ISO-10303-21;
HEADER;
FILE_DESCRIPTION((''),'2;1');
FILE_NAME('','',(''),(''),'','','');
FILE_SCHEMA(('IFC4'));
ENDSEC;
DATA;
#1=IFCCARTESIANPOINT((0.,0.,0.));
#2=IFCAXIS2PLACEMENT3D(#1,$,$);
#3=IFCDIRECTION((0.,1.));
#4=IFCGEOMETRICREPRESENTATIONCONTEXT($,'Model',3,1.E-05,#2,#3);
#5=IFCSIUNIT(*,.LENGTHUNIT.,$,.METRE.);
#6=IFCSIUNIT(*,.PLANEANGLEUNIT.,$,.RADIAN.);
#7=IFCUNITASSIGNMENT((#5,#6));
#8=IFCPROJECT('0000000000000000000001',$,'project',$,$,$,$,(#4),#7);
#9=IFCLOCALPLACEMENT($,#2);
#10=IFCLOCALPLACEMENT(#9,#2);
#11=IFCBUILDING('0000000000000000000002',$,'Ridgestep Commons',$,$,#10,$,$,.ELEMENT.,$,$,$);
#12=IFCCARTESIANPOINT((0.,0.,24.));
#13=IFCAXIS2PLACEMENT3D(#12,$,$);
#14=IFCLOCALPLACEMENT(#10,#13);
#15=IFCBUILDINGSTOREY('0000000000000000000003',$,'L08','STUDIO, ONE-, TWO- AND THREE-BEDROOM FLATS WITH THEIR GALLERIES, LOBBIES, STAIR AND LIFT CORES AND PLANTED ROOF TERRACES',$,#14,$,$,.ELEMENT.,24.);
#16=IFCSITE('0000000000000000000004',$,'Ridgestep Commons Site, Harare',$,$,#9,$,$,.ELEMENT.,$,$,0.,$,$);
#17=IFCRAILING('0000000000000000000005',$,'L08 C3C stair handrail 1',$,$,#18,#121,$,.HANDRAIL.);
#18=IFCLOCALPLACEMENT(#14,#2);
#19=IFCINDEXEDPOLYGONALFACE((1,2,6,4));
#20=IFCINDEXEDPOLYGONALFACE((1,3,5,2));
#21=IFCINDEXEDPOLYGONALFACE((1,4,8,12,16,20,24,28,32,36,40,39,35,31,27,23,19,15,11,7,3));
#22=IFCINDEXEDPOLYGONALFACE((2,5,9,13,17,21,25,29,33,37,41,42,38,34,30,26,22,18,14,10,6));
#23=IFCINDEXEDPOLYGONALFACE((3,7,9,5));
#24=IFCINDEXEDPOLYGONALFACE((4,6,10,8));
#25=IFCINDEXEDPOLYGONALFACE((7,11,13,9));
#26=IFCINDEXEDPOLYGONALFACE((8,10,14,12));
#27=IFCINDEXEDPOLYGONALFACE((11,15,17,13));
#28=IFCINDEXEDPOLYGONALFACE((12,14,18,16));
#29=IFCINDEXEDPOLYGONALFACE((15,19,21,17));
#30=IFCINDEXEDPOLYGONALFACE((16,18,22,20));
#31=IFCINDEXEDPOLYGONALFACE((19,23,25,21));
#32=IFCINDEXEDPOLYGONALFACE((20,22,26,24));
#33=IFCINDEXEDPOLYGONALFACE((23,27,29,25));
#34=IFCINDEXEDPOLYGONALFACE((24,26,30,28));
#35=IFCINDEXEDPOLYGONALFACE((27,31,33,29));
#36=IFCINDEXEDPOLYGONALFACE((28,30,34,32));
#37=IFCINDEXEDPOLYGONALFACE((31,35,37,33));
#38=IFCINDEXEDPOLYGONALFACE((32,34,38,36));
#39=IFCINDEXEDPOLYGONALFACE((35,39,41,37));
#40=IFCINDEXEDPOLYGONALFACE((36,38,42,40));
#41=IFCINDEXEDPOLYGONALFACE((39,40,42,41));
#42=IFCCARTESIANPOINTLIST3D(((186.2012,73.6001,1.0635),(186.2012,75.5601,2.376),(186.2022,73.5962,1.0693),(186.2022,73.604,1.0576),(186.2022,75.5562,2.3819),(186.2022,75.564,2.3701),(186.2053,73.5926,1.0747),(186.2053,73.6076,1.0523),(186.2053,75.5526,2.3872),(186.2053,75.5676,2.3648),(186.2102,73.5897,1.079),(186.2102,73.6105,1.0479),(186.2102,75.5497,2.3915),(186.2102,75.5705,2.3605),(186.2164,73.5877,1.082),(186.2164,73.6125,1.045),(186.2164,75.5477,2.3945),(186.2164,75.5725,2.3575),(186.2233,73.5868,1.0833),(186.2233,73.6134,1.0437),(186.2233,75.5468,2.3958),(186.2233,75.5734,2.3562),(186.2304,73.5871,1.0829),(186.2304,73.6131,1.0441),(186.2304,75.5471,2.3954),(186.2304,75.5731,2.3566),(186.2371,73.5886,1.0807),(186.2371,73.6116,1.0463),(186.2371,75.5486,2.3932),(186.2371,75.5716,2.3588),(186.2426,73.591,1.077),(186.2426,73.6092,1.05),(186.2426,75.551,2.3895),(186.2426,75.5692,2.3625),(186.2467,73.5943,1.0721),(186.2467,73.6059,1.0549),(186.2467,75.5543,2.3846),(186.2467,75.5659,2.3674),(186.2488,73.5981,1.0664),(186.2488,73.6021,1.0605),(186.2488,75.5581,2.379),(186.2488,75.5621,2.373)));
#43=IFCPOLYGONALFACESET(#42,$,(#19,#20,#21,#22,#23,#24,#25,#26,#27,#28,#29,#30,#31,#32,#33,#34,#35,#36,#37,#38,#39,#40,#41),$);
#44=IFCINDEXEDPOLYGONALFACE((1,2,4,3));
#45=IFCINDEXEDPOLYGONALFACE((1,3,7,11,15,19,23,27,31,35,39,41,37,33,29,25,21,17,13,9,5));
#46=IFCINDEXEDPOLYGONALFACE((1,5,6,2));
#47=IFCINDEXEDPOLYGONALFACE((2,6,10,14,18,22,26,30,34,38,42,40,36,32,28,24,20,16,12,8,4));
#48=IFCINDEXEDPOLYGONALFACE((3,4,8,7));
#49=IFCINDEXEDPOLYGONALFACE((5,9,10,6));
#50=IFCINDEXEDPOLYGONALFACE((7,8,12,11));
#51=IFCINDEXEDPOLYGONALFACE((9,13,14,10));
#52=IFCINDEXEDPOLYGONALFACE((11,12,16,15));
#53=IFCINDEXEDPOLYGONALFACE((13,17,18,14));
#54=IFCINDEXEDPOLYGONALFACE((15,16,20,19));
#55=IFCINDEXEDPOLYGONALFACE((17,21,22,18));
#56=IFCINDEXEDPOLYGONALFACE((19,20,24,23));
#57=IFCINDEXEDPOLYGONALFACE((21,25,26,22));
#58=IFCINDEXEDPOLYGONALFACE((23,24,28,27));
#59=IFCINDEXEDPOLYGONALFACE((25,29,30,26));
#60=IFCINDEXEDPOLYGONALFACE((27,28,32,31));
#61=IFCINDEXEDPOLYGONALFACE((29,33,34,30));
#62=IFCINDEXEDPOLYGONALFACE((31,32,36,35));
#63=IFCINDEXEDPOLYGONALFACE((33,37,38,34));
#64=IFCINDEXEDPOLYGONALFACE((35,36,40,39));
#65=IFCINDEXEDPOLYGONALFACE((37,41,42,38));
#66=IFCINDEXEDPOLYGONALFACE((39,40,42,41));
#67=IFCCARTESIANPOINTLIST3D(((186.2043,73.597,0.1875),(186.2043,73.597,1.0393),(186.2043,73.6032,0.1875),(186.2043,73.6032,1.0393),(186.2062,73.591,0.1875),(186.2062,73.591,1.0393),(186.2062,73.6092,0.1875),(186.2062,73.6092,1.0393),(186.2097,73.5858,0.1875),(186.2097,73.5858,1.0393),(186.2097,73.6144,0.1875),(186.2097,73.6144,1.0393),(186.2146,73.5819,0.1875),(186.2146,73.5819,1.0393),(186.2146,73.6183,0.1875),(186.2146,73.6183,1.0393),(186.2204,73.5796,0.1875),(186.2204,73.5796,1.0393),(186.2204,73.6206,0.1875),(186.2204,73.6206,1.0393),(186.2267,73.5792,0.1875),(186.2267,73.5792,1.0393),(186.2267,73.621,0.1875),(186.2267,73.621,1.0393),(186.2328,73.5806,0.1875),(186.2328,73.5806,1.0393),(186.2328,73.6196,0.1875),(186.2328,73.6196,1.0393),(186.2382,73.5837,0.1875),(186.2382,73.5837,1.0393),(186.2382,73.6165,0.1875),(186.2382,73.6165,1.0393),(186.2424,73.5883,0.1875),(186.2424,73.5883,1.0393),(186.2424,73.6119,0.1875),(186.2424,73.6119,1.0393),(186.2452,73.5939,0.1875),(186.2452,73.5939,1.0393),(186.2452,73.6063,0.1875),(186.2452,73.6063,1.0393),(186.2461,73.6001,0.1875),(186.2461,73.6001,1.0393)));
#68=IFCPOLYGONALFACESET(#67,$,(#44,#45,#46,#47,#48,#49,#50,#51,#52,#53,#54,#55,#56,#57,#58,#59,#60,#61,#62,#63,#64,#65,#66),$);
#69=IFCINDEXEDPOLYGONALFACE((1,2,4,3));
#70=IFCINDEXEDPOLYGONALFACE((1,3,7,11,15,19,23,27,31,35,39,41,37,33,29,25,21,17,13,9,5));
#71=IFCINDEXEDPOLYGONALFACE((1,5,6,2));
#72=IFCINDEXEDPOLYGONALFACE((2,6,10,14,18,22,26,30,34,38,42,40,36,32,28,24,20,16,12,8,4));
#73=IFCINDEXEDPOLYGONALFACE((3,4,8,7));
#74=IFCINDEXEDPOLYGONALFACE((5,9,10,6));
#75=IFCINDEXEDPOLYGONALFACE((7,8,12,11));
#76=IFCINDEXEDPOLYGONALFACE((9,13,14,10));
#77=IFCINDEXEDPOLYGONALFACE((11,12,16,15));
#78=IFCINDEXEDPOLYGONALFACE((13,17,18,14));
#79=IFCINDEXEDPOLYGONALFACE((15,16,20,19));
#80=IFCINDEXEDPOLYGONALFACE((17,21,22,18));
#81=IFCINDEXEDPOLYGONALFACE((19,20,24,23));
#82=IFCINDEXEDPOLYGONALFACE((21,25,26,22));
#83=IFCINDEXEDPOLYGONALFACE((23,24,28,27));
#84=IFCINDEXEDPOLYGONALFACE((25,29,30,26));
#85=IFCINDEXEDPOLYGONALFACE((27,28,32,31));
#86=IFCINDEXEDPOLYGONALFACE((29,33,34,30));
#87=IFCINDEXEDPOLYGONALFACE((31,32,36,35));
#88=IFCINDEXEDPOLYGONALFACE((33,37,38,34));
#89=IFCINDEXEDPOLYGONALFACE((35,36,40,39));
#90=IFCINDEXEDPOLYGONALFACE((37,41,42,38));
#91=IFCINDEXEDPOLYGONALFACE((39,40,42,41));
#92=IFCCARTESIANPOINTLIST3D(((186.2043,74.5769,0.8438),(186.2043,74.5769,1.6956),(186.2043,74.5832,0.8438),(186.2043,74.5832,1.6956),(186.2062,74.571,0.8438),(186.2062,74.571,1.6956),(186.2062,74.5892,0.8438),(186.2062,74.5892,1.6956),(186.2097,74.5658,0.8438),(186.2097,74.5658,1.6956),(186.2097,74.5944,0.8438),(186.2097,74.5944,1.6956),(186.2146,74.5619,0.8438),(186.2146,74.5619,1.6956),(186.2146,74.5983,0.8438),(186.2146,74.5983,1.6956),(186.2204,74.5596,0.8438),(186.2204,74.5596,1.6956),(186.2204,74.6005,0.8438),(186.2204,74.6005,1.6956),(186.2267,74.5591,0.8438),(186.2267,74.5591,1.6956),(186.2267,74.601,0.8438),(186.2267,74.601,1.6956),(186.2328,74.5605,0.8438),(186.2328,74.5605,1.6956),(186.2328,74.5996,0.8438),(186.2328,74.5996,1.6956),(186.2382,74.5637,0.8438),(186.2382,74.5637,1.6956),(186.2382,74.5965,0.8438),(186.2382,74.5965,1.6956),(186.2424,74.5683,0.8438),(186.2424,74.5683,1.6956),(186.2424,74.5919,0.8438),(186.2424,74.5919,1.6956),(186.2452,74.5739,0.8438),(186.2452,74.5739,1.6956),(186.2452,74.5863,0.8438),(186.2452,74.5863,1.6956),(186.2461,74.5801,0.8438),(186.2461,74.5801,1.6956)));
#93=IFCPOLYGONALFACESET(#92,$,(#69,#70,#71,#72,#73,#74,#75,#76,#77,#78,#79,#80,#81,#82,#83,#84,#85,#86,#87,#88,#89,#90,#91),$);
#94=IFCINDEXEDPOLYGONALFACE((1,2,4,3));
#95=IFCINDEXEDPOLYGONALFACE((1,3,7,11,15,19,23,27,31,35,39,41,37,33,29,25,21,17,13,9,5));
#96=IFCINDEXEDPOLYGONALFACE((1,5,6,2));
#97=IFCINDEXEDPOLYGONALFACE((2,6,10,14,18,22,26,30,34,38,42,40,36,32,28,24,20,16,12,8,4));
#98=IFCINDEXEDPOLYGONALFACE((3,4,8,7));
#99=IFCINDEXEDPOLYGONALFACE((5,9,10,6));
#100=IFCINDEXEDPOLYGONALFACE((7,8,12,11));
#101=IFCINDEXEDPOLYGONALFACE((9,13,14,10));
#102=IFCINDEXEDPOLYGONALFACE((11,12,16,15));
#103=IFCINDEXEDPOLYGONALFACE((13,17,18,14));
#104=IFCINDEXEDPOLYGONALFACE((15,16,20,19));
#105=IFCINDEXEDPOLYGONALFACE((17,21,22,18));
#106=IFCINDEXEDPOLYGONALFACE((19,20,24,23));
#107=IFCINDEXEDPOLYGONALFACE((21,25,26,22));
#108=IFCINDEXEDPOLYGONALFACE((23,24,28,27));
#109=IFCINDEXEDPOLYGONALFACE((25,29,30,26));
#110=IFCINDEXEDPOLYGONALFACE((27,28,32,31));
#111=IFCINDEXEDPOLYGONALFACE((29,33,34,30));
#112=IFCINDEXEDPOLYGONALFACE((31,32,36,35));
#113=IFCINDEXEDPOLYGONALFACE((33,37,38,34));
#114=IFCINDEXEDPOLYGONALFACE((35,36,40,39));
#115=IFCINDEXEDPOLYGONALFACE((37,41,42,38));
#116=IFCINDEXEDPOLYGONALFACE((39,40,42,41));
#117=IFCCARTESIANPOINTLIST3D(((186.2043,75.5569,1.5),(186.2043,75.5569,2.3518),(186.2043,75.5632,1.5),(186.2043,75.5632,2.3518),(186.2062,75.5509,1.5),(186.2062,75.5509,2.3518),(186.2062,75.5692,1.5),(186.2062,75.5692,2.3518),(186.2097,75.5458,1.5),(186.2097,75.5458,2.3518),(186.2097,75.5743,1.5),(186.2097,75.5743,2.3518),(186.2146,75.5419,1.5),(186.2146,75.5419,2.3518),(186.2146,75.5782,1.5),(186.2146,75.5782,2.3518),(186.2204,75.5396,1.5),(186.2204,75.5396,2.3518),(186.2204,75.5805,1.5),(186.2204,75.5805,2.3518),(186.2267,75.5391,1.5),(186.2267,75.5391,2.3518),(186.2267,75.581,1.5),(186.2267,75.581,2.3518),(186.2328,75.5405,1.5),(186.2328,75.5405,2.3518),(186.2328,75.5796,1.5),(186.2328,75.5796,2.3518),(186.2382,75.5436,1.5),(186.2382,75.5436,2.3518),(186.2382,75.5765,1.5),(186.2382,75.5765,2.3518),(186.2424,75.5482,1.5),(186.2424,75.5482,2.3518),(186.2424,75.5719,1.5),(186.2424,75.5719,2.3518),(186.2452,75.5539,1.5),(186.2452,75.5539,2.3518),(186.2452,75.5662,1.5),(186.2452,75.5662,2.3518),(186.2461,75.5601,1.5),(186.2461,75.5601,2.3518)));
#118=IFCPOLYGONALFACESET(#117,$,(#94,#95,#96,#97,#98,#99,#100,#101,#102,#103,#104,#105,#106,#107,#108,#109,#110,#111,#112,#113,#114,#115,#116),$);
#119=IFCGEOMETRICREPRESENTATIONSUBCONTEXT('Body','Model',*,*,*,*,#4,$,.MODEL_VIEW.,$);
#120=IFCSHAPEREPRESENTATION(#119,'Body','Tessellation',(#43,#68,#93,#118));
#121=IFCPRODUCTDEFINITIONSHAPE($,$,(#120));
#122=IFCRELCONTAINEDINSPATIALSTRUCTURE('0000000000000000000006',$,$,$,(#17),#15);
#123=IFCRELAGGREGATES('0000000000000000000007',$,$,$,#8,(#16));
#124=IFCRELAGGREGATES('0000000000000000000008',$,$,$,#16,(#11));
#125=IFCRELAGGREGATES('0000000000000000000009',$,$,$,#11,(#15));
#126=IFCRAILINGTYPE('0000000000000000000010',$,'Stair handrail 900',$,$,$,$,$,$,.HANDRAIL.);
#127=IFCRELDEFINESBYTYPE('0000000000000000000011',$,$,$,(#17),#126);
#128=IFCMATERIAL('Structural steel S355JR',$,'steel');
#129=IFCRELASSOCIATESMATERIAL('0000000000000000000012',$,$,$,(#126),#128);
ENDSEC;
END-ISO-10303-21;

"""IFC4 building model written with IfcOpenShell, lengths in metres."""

from ifc_helpers import new_model, si_unit, direction, frame, origin, origin_2d, place, context, subcontext, project, spatial, circle, extrude, material, type_object, element, save


model = new_model("IFC4")

# Units and contexts
model_context = context("Model", 3, precision=1e-05, world=origin(), true_north=direction((0.0, 1.0)))
body_context = subcontext(model_context, "Body", "Model", "MODEL_VIEW")
ifc_project = project(units=[si_unit("LENGTHUNIT", "METRE"), si_unit("PLANEANGLEUNIT", "RADIAN")], contexts=[model_context])

# Site, building, storey
site_placement = place(None, origin())
site = spatial("IfcSite", under=ifc_project, at=site_placement, Name="Ridgestep Commons Site, Harare", CompositionType="ELEMENT", RefElevation=0.0)
building_placement = place(site_placement, origin())
building = spatial("IfcBuilding", under=site, at=building_placement, Name="Ridgestep Commons", CompositionType="ELEMENT")
storey_placement = place(building_placement, frame((0.0, 0.0, 24.0)))
storey = spatial("IfcBuildingStorey", under=building, at=storey_placement, Name="L08", Description="STUDIO, ONE-, TWO- AND THREE-BEDROOM FLATS WITH THEIR GALLERIES, LOBBIES, STAIR AND LIFT CORES AND PLANTED ROOF TERRACES", CompositionType="ELEMENT", Elevation=24.0)

# Railing
ifc_material_1 = material(Name="Structural steel S355JR", Category="steel")
railing_type_1 = type_object("IfcRailingType", Name="Stair handrail 900", PredefinedType="HANDRAIL", material=ifc_material_1)
railing_1_placement = place(storey_placement, frame((186.2251, 73.6001, 0.1875)))
element("IfcRailing", 1, at=railing_1_placement, inside=storey, type_object=railing_type_1, Name="L08 C3C stair handrail 1", PredefinedType="HANDRAIL", context=body_context, shape_type="SweptSolid", body=[
    extrude(circle(Radius=0.0239, at=origin_2d()), frame((0.0, 0.0, 0.876), z_axis=(0.0, 0.830902, 0.556419), x_axis=(-1.0, 0.0, 0.0)), (0.0, 0.0, 1.0), 2.3589),
    extrude(circle(Radius=0.021, at=origin_2d()), origin(), (0.0, 0.0, 1.0), 0.8518),
    extrude(circle(Radius=0.021, at=origin_2d()), frame((0.0, 0.98, 0.6562)), (0.0, 0.0, 1.0), 0.8518),
    extrude(circle(Radius=0.021, at=origin_2d()), frame((0.0, 1.96, 1.3125)), (0.0, 0.0, 1.0), 0.8518),
])

save(model, "model.ifc")
